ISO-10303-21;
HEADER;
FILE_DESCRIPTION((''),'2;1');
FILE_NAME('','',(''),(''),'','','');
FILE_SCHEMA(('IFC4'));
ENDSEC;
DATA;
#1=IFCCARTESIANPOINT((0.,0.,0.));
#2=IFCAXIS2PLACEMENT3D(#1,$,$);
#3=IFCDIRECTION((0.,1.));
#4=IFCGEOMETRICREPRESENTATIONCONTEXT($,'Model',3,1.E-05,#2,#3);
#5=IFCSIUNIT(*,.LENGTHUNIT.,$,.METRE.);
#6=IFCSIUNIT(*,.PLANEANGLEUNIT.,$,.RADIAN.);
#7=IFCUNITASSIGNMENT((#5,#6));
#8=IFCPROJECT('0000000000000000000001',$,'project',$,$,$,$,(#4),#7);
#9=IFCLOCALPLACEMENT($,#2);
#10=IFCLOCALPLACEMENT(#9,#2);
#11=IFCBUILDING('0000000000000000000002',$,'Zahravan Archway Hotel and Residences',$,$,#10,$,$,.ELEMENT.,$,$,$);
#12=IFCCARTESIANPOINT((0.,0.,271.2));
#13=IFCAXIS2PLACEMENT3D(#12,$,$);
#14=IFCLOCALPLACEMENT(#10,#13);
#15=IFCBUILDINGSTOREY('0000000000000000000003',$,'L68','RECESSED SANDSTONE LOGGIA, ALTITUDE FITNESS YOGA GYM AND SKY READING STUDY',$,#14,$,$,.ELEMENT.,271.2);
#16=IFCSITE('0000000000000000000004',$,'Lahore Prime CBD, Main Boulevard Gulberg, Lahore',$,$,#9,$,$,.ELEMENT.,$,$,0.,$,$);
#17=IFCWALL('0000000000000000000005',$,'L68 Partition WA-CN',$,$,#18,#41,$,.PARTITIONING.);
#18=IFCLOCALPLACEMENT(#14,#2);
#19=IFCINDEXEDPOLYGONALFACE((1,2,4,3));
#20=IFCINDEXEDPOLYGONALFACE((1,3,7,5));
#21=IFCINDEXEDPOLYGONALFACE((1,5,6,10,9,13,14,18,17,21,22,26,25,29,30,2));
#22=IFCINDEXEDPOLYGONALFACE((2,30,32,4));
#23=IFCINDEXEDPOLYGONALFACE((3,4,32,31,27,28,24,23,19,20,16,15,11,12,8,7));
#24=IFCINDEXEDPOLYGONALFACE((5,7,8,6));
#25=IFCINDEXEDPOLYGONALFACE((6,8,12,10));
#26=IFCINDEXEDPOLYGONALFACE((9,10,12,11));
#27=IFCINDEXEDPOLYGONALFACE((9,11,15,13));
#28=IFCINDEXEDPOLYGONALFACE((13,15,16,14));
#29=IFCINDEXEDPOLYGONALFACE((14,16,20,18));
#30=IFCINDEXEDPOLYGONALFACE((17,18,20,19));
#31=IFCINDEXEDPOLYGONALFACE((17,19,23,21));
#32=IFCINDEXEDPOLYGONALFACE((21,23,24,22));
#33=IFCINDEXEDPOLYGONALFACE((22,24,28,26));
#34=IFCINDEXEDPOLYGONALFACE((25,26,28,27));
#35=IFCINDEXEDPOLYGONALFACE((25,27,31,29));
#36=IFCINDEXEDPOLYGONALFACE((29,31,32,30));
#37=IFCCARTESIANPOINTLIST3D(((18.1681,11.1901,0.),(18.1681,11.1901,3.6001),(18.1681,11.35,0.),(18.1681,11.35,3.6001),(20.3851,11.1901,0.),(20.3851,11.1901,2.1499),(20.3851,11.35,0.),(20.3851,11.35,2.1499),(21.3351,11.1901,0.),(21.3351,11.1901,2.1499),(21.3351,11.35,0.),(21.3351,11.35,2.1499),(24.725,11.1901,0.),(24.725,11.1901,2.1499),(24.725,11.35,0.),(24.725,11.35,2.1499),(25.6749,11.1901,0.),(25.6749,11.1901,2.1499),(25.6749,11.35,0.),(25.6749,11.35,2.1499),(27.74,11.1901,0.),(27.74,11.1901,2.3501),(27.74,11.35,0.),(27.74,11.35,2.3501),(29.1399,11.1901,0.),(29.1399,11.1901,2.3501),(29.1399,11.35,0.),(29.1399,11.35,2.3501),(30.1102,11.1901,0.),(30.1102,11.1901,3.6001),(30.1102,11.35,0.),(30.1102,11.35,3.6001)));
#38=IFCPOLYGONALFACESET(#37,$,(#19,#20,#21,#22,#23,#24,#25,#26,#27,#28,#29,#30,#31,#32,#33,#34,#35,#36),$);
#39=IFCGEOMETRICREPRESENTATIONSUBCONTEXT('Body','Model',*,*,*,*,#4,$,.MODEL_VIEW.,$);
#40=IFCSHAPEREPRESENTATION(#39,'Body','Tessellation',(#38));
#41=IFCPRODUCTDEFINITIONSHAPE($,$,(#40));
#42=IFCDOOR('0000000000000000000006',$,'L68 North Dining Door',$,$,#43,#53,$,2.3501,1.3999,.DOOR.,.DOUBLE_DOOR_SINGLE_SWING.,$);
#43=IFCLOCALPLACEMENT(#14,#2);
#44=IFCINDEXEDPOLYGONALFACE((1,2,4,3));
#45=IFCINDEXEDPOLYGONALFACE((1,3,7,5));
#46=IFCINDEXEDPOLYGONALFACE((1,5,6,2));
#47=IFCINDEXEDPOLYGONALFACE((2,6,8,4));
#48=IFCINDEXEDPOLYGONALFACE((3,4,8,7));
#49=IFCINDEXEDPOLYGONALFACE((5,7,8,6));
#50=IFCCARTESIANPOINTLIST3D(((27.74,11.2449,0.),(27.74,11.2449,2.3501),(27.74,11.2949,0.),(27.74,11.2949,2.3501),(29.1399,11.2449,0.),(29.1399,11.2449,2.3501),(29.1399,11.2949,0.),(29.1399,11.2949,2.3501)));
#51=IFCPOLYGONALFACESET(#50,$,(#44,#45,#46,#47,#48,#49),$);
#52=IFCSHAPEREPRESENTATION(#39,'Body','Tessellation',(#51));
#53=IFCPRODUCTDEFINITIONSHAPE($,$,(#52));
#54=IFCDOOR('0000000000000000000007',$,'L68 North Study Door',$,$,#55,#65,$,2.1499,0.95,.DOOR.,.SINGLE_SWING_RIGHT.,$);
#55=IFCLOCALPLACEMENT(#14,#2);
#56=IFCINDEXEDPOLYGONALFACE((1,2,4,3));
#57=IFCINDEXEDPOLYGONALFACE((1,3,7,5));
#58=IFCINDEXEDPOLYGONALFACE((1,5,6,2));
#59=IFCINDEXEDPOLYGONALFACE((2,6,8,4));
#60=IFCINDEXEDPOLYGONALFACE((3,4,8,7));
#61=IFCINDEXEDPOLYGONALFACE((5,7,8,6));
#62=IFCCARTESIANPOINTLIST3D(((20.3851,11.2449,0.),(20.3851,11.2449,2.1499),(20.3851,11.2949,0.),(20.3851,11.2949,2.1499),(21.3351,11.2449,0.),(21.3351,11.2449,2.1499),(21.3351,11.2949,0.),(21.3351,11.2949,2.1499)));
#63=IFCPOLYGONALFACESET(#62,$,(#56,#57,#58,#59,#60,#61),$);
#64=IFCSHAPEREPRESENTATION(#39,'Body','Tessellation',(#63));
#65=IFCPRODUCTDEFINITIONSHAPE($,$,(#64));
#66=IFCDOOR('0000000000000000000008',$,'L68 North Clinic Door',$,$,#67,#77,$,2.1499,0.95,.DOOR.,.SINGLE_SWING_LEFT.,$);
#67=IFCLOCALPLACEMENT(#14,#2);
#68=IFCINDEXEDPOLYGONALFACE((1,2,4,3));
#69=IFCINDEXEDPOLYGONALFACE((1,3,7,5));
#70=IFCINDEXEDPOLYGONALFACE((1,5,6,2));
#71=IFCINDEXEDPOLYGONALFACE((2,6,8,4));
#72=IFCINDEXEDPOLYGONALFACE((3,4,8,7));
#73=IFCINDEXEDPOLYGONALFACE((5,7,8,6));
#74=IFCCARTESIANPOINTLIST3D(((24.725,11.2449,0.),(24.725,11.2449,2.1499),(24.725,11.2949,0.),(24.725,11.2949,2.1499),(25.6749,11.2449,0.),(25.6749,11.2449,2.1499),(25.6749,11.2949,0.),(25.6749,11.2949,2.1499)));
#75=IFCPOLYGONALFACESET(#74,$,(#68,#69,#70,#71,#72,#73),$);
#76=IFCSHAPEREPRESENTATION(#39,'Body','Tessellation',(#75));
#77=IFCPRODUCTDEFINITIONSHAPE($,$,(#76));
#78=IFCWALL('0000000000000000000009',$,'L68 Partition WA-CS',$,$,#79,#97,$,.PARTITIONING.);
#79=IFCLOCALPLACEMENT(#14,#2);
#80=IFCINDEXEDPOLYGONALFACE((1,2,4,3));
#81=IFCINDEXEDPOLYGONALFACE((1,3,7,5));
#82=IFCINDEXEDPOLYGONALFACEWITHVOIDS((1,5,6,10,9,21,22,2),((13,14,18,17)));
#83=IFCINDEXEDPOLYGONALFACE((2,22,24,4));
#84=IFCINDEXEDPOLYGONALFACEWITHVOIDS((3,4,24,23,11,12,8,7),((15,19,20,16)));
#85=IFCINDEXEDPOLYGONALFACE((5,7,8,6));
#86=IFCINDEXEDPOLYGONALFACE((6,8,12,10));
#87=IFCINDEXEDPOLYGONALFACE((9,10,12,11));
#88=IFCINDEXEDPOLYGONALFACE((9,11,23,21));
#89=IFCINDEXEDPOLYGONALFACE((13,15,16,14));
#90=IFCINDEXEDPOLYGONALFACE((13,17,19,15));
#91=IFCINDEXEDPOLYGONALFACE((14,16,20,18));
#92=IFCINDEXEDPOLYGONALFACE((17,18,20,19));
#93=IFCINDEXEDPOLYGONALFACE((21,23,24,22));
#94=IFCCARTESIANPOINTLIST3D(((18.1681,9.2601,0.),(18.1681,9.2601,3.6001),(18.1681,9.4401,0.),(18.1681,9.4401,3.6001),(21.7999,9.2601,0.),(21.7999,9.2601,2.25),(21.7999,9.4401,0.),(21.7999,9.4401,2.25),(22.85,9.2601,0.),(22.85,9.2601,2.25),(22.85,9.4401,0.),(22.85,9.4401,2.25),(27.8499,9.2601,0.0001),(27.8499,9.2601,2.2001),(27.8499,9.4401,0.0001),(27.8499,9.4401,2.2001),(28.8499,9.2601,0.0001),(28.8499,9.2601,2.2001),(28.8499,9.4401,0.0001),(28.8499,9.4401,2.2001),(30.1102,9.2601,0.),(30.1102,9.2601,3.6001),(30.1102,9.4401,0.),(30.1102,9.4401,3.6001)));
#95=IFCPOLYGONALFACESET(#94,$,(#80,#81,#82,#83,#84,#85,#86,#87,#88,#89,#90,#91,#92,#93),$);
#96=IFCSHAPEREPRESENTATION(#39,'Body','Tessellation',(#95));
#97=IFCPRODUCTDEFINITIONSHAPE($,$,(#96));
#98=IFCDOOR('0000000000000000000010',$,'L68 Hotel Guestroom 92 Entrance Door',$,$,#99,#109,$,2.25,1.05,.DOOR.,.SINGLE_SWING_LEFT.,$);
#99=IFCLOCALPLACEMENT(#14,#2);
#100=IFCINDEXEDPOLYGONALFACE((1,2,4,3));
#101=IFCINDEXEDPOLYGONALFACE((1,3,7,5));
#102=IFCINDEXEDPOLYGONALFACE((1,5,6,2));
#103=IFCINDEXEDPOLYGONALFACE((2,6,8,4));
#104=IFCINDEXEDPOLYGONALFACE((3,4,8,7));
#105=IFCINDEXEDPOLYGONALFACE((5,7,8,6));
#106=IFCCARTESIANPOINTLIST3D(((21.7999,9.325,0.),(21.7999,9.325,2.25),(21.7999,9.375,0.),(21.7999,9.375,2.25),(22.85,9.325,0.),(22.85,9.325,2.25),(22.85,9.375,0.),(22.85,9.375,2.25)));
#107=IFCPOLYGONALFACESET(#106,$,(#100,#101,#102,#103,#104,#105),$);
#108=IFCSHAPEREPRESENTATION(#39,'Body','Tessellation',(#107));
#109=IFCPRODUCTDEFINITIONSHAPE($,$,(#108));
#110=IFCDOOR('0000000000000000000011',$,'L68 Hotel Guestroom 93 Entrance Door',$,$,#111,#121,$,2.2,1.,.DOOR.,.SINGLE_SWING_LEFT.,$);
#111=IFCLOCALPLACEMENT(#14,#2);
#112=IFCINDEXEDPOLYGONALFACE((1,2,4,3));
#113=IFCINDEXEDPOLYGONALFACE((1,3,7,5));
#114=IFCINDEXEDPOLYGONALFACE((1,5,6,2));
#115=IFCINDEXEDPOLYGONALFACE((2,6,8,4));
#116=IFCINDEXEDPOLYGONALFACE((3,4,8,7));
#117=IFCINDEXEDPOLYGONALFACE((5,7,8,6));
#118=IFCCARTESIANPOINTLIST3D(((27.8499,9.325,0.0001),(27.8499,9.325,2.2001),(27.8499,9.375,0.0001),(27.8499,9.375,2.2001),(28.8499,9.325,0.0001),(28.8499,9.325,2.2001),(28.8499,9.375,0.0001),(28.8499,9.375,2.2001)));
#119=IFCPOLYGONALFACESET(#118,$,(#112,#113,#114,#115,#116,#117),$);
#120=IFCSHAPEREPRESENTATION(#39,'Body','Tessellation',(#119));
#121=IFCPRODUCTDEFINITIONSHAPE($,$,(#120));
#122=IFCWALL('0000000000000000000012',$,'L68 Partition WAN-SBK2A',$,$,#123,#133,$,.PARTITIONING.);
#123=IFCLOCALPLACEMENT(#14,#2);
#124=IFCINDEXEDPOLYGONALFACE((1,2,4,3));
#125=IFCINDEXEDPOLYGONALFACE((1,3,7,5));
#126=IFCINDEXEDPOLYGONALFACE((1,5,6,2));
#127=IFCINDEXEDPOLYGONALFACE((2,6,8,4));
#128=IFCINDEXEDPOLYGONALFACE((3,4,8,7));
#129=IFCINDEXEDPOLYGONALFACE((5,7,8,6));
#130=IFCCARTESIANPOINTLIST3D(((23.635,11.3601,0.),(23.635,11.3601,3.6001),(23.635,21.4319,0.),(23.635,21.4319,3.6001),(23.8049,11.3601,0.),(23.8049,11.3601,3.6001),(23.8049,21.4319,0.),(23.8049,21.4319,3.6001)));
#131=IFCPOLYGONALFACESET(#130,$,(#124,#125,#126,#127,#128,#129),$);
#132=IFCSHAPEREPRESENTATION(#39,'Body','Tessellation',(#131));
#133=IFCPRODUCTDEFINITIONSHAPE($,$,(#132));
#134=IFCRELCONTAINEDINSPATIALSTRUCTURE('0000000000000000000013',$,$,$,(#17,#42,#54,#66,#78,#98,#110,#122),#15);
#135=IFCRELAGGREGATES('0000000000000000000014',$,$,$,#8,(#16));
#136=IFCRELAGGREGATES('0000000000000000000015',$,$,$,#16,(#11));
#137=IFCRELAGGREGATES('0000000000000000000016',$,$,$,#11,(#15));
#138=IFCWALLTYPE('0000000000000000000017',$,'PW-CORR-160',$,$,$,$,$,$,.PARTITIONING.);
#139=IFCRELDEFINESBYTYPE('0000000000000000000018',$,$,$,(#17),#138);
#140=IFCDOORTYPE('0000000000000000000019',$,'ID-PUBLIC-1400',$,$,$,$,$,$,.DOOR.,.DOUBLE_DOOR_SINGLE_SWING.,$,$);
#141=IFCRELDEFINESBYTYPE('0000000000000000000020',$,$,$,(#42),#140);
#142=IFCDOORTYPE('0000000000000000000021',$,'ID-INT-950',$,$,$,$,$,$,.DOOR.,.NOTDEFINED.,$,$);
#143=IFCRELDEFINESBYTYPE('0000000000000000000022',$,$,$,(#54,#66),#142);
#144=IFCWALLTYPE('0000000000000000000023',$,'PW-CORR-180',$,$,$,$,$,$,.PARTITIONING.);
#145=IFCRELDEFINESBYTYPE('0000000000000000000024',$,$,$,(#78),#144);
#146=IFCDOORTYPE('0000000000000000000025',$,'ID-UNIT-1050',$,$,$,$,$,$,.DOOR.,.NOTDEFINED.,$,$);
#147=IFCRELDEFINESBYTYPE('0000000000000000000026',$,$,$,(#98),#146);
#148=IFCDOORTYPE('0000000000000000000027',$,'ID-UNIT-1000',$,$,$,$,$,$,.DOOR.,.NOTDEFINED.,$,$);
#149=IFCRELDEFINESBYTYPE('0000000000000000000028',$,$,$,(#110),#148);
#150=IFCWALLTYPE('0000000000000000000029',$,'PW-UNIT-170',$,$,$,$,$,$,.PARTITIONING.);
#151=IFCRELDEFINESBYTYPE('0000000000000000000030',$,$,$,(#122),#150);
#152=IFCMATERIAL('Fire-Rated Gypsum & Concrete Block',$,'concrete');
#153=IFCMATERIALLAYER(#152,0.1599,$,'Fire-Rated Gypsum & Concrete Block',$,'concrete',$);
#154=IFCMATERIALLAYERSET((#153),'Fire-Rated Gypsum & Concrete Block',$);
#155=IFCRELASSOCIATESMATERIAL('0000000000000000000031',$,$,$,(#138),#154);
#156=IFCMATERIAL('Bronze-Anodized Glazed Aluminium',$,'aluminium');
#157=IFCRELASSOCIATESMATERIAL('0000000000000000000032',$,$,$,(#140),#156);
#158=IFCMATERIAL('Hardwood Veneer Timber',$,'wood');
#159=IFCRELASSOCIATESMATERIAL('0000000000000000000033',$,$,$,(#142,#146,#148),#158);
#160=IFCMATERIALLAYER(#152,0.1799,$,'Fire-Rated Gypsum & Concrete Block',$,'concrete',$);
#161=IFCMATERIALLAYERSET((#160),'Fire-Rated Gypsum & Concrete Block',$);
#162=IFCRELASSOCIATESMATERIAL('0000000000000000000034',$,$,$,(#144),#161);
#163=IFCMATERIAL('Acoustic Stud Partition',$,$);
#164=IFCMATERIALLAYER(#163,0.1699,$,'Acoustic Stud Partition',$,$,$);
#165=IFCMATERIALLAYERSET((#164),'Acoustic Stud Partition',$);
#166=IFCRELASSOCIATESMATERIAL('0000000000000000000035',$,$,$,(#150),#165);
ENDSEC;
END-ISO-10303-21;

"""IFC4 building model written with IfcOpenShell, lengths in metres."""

from ifc_helpers import new_model, si_unit, direction, frame, frame_2d, origin, place, context, subcontext, project, spatial, rectangle, extrude, source, transform, mapped, material, layer, layer_set, type_object, type_shapes, element, fill, save


model = new_model("IFC4")

# Units and contexts
model_context = context("Model", 3, precision=1e-05, world=origin(), true_north=direction((0.0, 1.0)))
body_context = subcontext(model_context, "Body", "Model", "MODEL_VIEW")
ifc_project = project(units=[si_unit("LENGTHUNIT", "METRE"), si_unit("PLANEANGLEUNIT", "RADIAN")], contexts=[model_context])

# Site, building, storey
site_placement = place(None, origin())
site = spatial("IfcSite", under=ifc_project, at=site_placement, Name="Lahore Prime CBD, Main Boulevard Gulberg, Lahore", CompositionType="ELEMENT", RefElevation=0.0)
building_placement = place(site_placement, origin())
building = spatial("IfcBuilding", under=site, at=building_placement, Name="Zahravan Archway Hotel and Residences", CompositionType="ELEMENT")
storey_placement = place(building_placement, frame((0.0, 0.0, 271.2)))
storey = spatial("IfcBuildingStorey", under=building, at=storey_placement, Name="L68", Description="RECESSED SANDSTONE LOGGIA, ALTITUDE FITNESS YOGA GYM AND SKY READING STUDY", CompositionType="ELEMENT", Elevation=271.2)

# Walls, openings, doors
ifc_material_1 = material(Name="Fire-Rated Gypsum & Concrete Block", Category="concrete")
ifc_layer_1 = layer(ifc_material_1, 0.1599, Name="Fire-Rated Gypsum & Concrete Block", Category="concrete")
ifc_layer_set_1 = layer_set([ifc_layer_1], Name="Fire-Rated Gypsum & Concrete Block")
wall_type_1 = type_object("IfcWallType", Name="PW-CORR-160", PredefinedType="PARTITIONING", material=ifc_layer_set_1)
wall_1_placement = place(storey_placement, frame((18.168, 11.27, 0.0), z_axis=(0.0, 0.0, 1.0), x_axis=(1.0, 0.0, 0.0)))
wall_1 = element("IfcWall", 1, at=wall_1_placement, inside=storey, type_object=wall_type_1, Name="L68 Partition WA-CN", PredefinedType="PARTITIONING", context=body_context, shape_type="SweptSolid", body=[
    extrude(rectangle(XDim=11.9421, YDim=0.1599, at=frame_2d((5.9712, 0.0))), origin(), (0.0, 0.0, 1.0), 3.6001),
])
opening_1_placement = place(wall_1_placement, frame((2.217, 0.0, 0.0)))
opening_1 = element("IfcOpeningElement", 2, at=opening_1_placement, cuts=wall_1, PredefinedType="OPENING", context=body_context, shape_type="SweptSolid", body=[
    extrude(rectangle(XDim=0.95, YDim=2.1499, at=frame_2d((0.4751, 1.075))), frame((0.0, 0.0898, 0.0), z_axis=(0.0, -1.0, 0.0), x_axis=(1.0, 0.0, 0.0)), (0.0, 0.0, 1.0), 0.1799),
])
opening_2_placement = place(wall_1_placement, frame((6.5569, 0.0, 0.0)))
opening_2 = element("IfcOpeningElement", 3, at=opening_2_placement, cuts=wall_1, PredefinedType="OPENING", context=body_context, shape_type="SweptSolid", body=[
    extrude(rectangle(XDim=0.95, YDim=2.1499, at=frame_2d((0.4751, 1.075))), frame((0.0, 0.0898, 0.0), z_axis=(0.0, -1.0, 0.0), x_axis=(1.0, 0.0, 0.0)), (0.0, 0.0, 1.0), 0.1799),
])
opening_3_placement = place(wall_1_placement, frame((9.572, 0.0, 0.0)))
opening_3 = element("IfcOpeningElement", 4, at=opening_3_placement, cuts=wall_1, PredefinedType="OPENING", context=body_context, shape_type="SweptSolid", body=[
    extrude(rectangle(XDim=1.3999, YDim=2.3501, at=frame_2d((0.7, 1.175))), frame((0.0, 0.0898, 0.0), z_axis=(0.0, -1.0, 0.0), x_axis=(1.0, 0.0, 0.0)), (0.0, 0.0, 1.0), 0.1799),
])
ifc_material_2 = material(Name="Bronze-Anodized Glazed Aluminium", Category="aluminium")
door_type_1 = type_object("IfcDoorType", Name="ID-PUBLIC-1400", OperationType="DOUBLE_DOOR_SINGLE_SWING", PredefinedType="DOOR", material=ifc_material_2)
shared_shape_1 = source(origin(), body_context, "Body", "SweptSolid", [
    extrude(rectangle(XDim=1.3999, YDim=2.3501, at=frame_2d((0.7, 1.175))), frame((0.0, 0.0249, 0.0), z_axis=(0.0, -1.0, 0.0), x_axis=(1.0, 0.0, 0.0)), (0.0, 0.0, 1.0), 0.05),
])
type_shapes(door_type_1, [shared_shape_1])
door_1_placement = place(opening_3_placement, origin())
door_1 = element("IfcDoor", 5, at=door_1_placement, inside=storey, type_object=door_type_1, Name="L68 North Dining Door", OperationType="DOUBLE_DOOR_SINGLE_SWING", OverallHeight=2.3501, OverallWidth=1.3999, PredefinedType="DOOR", context=body_context, shape_type="MappedRepresentation", body=[
    mapped(shared_shape_1, transform((0.0, 0.0, 0.0), scale=1.0)),
])
fill(opening_3, door_1)
ifc_material_3 = material(Name="Hardwood Veneer Timber", Category="wood")
door_type_2 = type_object("IfcDoorType", Name="ID-INT-950", OperationType="NOTDEFINED", PredefinedType="DOOR", material=ifc_material_3)
shared_shape_2 = source(origin(), body_context, "Body", "SweptSolid", [
    extrude(rectangle(XDim=0.95, YDim=2.1499, at=frame_2d((0.4751, 1.075))), frame((0.0, 0.0249, 0.0), z_axis=(0.0, -1.0, 0.0), x_axis=(1.0, 0.0, 0.0)), (0.0, 0.0, 1.0), 0.05),
])
type_shapes(door_type_2, [shared_shape_2])
door_2_placement = place(opening_1_placement, origin())
door_2 = element("IfcDoor", 6, at=door_2_placement, inside=storey, type_object=door_type_2, Name="L68 North Study Door", OperationType="SINGLE_SWING_RIGHT", OverallHeight=2.1499, OverallWidth=0.95, PredefinedType="DOOR", context=body_context, shape_type="MappedRepresentation", body=[
    mapped(shared_shape_2, transform((0.0, 0.0, 0.0), scale=1.0)),
])
fill(opening_1, door_2)
door_3_placement = place(opening_2_placement, origin())
door_3 = element("IfcDoor", 7, at=door_3_placement, inside=storey, type_object=door_type_2, Name="L68 North Clinic Door", OperationType="SINGLE_SWING_LEFT", OverallHeight=2.1499, OverallWidth=0.95, PredefinedType="DOOR", context=body_context, shape_type="MappedRepresentation", body=[
    mapped(shared_shape_2, transform((0.0, 0.0, 0.0), scale=1.0)),
])
fill(opening_2, door_3)
ifc_layer_2 = layer(ifc_material_1, 0.1799, Name="Fire-Rated Gypsum & Concrete Block", Category="concrete")
ifc_layer_set_2 = layer_set([ifc_layer_2], Name="Fire-Rated Gypsum & Concrete Block")
wall_type_2 = type_object("IfcWallType", Name="PW-CORR-180", PredefinedType="PARTITIONING", material=ifc_layer_set_2)
wall_2_placement = place(storey_placement, frame((18.168, 9.3501, 0.0), z_axis=(0.0, 0.0, 1.0), x_axis=(1.0, 0.0, 0.0)))
wall_2 = element("IfcWall", 8, at=wall_2_placement, inside=storey, type_object=wall_type_2, Name="L68 Partition WA-CS", PredefinedType="PARTITIONING", context=body_context, shape_type="SweptSolid", body=[
    extrude(rectangle(XDim=11.9421, YDim=0.1799, at=frame_2d((5.9712, 0.0))), origin(), (0.0, 0.0, 1.0), 3.6001),
])
opening_4_placement = place(wall_2_placement, frame((3.6321, 0.0, 0.0)))
opening_4 = element("IfcOpeningElement", 9, at=opening_4_placement, cuts=wall_2, PredefinedType="OPENING", context=body_context, shape_type="SweptSolid", body=[
    extrude(rectangle(XDim=1.05, YDim=2.25, at=frame_2d((0.5249, 1.125))), frame((0.0, 0.1001, 0.0), z_axis=(0.0, -1.0, 0.0), x_axis=(1.0, 0.0, 0.0)), (0.0, 0.0, 1.0), 0.2),
])
opening_5_placement = place(wall_2_placement, frame((9.6819, 0.0, 0.0)))
opening_5 = element("IfcOpeningElement", 10, at=opening_5_placement, cuts=wall_2, PredefinedType="OPENING", context=body_context, shape_type="SweptSolid", body=[
    extrude(rectangle(XDim=1.0, YDim=2.2, at=frame_2d((0.5, 1.1001))), frame((0.0, 0.1001, 0.0), z_axis=(0.0, -1.0, 0.0), x_axis=(1.0, 0.0, 0.0)), (0.0, 0.0, 1.0), 0.2),
])
door_type_3 = type_object("IfcDoorType", Name="ID-UNIT-1050", OperationType="NOTDEFINED", PredefinedType="DOOR", material=ifc_material_3)
shared_shape_3 = source(origin(), body_context, "Body", "SweptSolid", [
    extrude(rectangle(XDim=1.05, YDim=2.25, at=frame_2d((0.5249, 1.125))), frame((0.0, 0.0249, 0.0), z_axis=(0.0, -1.0, 0.0), x_axis=(1.0, 0.0, 0.0)), (0.0, 0.0, 1.0), 0.05),
])
type_shapes(door_type_3, [shared_shape_3])
door_4_placement = place(opening_4_placement, origin())
door_4 = element("IfcDoor", 11, at=door_4_placement, inside=storey, type_object=door_type_3, Name="L68 Hotel Guestroom 92 Entrance Door", OperationType="SINGLE_SWING_LEFT", OverallHeight=2.25, OverallWidth=1.05, PredefinedType="DOOR", context=body_context, shape_type="MappedRepresentation", body=[
    mapped(shared_shape_3, transform((0.0, 0.0, 0.0), scale=1.0)),
])
fill(opening_4, door_4)
door_type_4 = type_object("IfcDoorType", Name="ID-UNIT-1000", OperationType="NOTDEFINED", PredefinedType="DOOR", material=ifc_material_3)
shared_shape_4 = source(origin(), body_context, "Body", "SweptSolid", [
    extrude(rectangle(XDim=1.0, YDim=2.2, at=frame_2d((0.5, 1.1001))), frame((0.0, 0.0249, 0.0), z_axis=(0.0, -1.0, 0.0), x_axis=(1.0, 0.0, 0.0)), (0.0, 0.0, 1.0), 0.05),
])
type_shapes(door_type_4, [shared_shape_4])
door_5_placement = place(opening_5_placement, origin())
door_5 = element("IfcDoor", 12, at=door_5_placement, inside=storey, type_object=door_type_4, Name="L68 Hotel Guestroom 93 Entrance Door", OperationType="SINGLE_SWING_LEFT", OverallHeight=2.2, OverallWidth=1.0, PredefinedType="DOOR", context=body_context, shape_type="MappedRepresentation", body=[
    mapped(shared_shape_4, transform((0.0, 0.0, 0.0), scale=1.0)),
])
fill(opening_5, door_5)

# Wall
ifc_material_4 = material(Name="Acoustic Stud Partition")
ifc_layer_3 = layer(ifc_material_4, 0.1699, Name="Acoustic Stud Partition")
ifc_layer_set_3 = layer_set([ifc_layer_3], Name="Acoustic Stud Partition")
wall_type_3 = type_object("IfcWallType", Name="PW-UNIT-170", PredefinedType="PARTITIONING", material=ifc_layer_set_3)
wall_3_placement = place(storey_placement, frame((23.72, 11.3601, 0.0), z_axis=(0.0, 0.0, 1.0), x_axis=(0.0, 1.0, 0.0)))
element("IfcWall", 13, at=wall_3_placement, inside=storey, type_object=wall_type_3, Name="L68 Partition WAN-SBK2A", PredefinedType="PARTITIONING", context=body_context, shape_type="SweptSolid", body=[
    extrude(rectangle(XDim=10.0718, YDim=0.1699, at=frame_2d((5.0359, 0.0))), origin(), (0.0, 0.0, 1.0), 3.6001),
])

save(model, "model.ifc")
